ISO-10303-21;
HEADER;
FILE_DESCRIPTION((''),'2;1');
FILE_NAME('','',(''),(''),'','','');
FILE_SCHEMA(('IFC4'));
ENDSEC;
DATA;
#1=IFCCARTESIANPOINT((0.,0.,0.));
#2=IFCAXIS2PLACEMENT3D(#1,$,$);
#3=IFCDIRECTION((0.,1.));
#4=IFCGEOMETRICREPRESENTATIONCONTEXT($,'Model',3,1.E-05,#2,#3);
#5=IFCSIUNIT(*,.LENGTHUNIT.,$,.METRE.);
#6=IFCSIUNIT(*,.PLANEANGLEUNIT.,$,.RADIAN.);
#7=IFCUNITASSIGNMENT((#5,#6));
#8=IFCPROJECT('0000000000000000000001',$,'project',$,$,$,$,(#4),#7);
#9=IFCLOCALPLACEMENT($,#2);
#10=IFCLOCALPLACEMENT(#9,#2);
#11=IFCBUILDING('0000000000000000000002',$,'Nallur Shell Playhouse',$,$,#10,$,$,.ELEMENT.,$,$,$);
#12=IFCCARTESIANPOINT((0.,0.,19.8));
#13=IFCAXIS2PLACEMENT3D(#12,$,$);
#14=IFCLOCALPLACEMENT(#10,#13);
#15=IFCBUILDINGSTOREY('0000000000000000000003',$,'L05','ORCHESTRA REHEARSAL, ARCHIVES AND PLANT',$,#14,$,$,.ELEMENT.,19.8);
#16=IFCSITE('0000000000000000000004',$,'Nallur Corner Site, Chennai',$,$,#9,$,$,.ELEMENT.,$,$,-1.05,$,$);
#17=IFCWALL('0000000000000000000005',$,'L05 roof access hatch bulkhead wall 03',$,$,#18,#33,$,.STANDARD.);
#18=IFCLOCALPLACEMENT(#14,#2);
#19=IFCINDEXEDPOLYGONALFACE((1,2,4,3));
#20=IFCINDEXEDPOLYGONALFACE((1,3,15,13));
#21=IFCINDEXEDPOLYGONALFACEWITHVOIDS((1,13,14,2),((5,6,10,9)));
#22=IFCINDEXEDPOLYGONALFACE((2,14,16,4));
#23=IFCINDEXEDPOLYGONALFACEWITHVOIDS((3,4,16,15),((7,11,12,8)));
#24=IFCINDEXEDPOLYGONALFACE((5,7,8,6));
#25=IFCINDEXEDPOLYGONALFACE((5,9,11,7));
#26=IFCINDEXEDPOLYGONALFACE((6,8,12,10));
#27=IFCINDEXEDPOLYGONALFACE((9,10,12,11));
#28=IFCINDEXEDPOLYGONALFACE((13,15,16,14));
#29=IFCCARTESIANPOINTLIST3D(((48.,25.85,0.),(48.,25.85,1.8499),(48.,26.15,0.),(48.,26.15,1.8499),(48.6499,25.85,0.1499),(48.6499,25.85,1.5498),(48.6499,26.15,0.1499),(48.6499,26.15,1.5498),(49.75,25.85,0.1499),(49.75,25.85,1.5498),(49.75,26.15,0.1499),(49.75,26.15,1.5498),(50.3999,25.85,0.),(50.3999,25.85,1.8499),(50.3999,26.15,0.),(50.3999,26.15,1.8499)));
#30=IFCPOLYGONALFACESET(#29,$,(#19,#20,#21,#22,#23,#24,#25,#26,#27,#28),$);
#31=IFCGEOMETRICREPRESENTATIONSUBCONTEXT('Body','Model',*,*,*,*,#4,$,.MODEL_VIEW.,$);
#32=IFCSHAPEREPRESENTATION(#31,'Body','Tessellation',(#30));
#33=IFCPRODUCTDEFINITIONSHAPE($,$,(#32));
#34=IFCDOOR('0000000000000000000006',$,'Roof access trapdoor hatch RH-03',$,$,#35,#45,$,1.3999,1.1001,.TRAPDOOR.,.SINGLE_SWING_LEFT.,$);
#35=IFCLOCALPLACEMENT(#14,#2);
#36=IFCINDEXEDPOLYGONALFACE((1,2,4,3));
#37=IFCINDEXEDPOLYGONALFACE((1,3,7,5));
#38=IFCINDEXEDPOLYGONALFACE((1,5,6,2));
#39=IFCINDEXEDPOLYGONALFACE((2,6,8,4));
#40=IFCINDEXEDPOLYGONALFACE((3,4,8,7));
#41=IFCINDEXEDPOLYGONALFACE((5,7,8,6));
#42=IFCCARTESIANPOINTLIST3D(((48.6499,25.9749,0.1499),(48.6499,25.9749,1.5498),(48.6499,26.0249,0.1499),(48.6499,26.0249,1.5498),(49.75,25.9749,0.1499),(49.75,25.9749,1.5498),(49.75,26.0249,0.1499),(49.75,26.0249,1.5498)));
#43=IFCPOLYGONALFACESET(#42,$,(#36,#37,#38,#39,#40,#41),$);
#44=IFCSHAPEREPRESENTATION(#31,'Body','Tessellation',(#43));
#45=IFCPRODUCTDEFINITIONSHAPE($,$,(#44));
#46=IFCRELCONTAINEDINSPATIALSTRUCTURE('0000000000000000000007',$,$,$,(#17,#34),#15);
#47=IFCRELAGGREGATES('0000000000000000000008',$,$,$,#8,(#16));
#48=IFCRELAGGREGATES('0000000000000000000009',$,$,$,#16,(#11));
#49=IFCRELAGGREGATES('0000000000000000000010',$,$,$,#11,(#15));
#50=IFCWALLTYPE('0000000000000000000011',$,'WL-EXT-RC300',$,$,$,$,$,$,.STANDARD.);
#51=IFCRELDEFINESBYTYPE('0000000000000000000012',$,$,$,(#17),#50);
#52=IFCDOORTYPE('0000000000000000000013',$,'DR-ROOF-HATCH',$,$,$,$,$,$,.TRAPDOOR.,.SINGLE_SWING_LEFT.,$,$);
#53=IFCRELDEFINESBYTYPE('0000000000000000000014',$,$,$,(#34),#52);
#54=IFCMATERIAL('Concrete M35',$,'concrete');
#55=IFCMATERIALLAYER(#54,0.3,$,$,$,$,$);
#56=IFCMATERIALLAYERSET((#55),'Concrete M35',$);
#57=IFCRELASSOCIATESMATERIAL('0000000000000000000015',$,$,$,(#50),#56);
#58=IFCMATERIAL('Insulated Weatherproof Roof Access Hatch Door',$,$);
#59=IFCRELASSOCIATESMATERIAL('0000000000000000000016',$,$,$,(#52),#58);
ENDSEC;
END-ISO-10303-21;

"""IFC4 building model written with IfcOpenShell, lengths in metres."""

from ifc_helpers import new_model, si_unit, direction, frame, frame_2d, origin, place, context, subcontext, project, spatial, rectangle, extrude, material, layer, layer_set, type_object, element, fill, save


model = new_model("IFC4")

# Units and contexts
model_context = context("Model", 3, precision=1e-05, world=origin(), true_north=direction((0.0, 1.0)))
body_context = subcontext(model_context, "Body", "Model", "MODEL_VIEW")
ifc_project = project(units=[si_unit("LENGTHUNIT", "METRE"), si_unit("PLANEANGLEUNIT", "RADIAN")], contexts=[model_context])

# Site, building, storey
site_placement = place(None, origin())
site = spatial("IfcSite", under=ifc_project, at=site_placement, Name="Nallur Corner Site, Chennai", CompositionType="ELEMENT", RefElevation=-1.05)
building_placement = place(site_placement, origin())
building = spatial("IfcBuilding", under=site, at=building_placement, Name="Nallur Shell Playhouse", CompositionType="ELEMENT")
storey_placement = place(building_placement, frame((0.0, 0.0, 19.8)))
storey = spatial("IfcBuildingStorey", under=building, at=storey_placement, Name="L05", Description="ORCHESTRA REHEARSAL, ARCHIVES AND PLANT", CompositionType="ELEMENT", Elevation=19.8)

# Wall, opening, door
ifc_material_1 = material(Name="Concrete M35", Category="concrete")
ifc_layer_1 = layer(ifc_material_1, 0.3)
ifc_layer_set_1 = layer_set([ifc_layer_1], Name="Concrete M35")
wall_type_1 = type_object("IfcWallType", Name="WL-EXT-RC300", PredefinedType="STANDARD", material=ifc_layer_set_1)
wall_1_placement = place(storey_placement, frame((48.0, 26.0, 0.0), z_axis=(0.0, 0.0, 1.0), x_axis=(1.0, 0.0, 0.0)))
wall_1 = element("IfcWall", 1, at=wall_1_placement, inside=storey, type_object=wall_type_1, Name="L05 roof access hatch bulkhead wall 03", PredefinedType="STANDARD", context=body_context, shape_type="SweptSolid", body=[
    extrude(rectangle(XDim=2.3999, YDim=0.3, at=frame_2d((1.2, 0.0))), origin(), (0.0, 0.0, 1.0), 1.8499),
])
opening_placement = place(wall_1_placement, frame((0.6499, 0.0, 0.1499)))
opening = element("IfcOpeningElement", 2, at=opening_placement, cuts=wall_1, PredefinedType="OPENING", context=body_context, shape_type="SweptSolid", body=[
    extrude(rectangle(XDim=1.1001, YDim=1.3999, at=frame_2d((0.55, 0.7))), frame((0.0, 0.1602, 0.0), z_axis=(0.0, -1.0, 0.0), x_axis=(1.0, 0.0, 0.0)), (0.0, 0.0, 1.0), 0.3201),
])
ifc_material_2 = material(Name="Insulated Weatherproof Roof Access Hatch Door")
door_type = type_object("IfcDoorType", Name="DR-ROOF-HATCH", OperationType="SINGLE_SWING_LEFT", PredefinedType="TRAPDOOR", material=ifc_material_2)
door_placement = place(opening_placement, origin())
door = element("IfcDoor", 3, at=door_placement, inside=storey, type_object=door_type, Name="Roof access trapdoor hatch RH-03", OperationType="SINGLE_SWING_LEFT", OverallHeight=1.3999, OverallWidth=1.1001, PredefinedType="TRAPDOOR", context=body_context, shape_type="SweptSolid", body=[
    extrude(rectangle(XDim=1.1001, YDim=1.3999, at=frame_2d((0.55, 0.7))), frame((0.0, 0.0249, 0.0), z_axis=(0.0, -1.0, 0.0), x_axis=(1.0, 0.0, 0.0)), (0.0, 0.0, 1.0), 0.05),
])
fill(opening, door)

save(model, "model.ifc")
